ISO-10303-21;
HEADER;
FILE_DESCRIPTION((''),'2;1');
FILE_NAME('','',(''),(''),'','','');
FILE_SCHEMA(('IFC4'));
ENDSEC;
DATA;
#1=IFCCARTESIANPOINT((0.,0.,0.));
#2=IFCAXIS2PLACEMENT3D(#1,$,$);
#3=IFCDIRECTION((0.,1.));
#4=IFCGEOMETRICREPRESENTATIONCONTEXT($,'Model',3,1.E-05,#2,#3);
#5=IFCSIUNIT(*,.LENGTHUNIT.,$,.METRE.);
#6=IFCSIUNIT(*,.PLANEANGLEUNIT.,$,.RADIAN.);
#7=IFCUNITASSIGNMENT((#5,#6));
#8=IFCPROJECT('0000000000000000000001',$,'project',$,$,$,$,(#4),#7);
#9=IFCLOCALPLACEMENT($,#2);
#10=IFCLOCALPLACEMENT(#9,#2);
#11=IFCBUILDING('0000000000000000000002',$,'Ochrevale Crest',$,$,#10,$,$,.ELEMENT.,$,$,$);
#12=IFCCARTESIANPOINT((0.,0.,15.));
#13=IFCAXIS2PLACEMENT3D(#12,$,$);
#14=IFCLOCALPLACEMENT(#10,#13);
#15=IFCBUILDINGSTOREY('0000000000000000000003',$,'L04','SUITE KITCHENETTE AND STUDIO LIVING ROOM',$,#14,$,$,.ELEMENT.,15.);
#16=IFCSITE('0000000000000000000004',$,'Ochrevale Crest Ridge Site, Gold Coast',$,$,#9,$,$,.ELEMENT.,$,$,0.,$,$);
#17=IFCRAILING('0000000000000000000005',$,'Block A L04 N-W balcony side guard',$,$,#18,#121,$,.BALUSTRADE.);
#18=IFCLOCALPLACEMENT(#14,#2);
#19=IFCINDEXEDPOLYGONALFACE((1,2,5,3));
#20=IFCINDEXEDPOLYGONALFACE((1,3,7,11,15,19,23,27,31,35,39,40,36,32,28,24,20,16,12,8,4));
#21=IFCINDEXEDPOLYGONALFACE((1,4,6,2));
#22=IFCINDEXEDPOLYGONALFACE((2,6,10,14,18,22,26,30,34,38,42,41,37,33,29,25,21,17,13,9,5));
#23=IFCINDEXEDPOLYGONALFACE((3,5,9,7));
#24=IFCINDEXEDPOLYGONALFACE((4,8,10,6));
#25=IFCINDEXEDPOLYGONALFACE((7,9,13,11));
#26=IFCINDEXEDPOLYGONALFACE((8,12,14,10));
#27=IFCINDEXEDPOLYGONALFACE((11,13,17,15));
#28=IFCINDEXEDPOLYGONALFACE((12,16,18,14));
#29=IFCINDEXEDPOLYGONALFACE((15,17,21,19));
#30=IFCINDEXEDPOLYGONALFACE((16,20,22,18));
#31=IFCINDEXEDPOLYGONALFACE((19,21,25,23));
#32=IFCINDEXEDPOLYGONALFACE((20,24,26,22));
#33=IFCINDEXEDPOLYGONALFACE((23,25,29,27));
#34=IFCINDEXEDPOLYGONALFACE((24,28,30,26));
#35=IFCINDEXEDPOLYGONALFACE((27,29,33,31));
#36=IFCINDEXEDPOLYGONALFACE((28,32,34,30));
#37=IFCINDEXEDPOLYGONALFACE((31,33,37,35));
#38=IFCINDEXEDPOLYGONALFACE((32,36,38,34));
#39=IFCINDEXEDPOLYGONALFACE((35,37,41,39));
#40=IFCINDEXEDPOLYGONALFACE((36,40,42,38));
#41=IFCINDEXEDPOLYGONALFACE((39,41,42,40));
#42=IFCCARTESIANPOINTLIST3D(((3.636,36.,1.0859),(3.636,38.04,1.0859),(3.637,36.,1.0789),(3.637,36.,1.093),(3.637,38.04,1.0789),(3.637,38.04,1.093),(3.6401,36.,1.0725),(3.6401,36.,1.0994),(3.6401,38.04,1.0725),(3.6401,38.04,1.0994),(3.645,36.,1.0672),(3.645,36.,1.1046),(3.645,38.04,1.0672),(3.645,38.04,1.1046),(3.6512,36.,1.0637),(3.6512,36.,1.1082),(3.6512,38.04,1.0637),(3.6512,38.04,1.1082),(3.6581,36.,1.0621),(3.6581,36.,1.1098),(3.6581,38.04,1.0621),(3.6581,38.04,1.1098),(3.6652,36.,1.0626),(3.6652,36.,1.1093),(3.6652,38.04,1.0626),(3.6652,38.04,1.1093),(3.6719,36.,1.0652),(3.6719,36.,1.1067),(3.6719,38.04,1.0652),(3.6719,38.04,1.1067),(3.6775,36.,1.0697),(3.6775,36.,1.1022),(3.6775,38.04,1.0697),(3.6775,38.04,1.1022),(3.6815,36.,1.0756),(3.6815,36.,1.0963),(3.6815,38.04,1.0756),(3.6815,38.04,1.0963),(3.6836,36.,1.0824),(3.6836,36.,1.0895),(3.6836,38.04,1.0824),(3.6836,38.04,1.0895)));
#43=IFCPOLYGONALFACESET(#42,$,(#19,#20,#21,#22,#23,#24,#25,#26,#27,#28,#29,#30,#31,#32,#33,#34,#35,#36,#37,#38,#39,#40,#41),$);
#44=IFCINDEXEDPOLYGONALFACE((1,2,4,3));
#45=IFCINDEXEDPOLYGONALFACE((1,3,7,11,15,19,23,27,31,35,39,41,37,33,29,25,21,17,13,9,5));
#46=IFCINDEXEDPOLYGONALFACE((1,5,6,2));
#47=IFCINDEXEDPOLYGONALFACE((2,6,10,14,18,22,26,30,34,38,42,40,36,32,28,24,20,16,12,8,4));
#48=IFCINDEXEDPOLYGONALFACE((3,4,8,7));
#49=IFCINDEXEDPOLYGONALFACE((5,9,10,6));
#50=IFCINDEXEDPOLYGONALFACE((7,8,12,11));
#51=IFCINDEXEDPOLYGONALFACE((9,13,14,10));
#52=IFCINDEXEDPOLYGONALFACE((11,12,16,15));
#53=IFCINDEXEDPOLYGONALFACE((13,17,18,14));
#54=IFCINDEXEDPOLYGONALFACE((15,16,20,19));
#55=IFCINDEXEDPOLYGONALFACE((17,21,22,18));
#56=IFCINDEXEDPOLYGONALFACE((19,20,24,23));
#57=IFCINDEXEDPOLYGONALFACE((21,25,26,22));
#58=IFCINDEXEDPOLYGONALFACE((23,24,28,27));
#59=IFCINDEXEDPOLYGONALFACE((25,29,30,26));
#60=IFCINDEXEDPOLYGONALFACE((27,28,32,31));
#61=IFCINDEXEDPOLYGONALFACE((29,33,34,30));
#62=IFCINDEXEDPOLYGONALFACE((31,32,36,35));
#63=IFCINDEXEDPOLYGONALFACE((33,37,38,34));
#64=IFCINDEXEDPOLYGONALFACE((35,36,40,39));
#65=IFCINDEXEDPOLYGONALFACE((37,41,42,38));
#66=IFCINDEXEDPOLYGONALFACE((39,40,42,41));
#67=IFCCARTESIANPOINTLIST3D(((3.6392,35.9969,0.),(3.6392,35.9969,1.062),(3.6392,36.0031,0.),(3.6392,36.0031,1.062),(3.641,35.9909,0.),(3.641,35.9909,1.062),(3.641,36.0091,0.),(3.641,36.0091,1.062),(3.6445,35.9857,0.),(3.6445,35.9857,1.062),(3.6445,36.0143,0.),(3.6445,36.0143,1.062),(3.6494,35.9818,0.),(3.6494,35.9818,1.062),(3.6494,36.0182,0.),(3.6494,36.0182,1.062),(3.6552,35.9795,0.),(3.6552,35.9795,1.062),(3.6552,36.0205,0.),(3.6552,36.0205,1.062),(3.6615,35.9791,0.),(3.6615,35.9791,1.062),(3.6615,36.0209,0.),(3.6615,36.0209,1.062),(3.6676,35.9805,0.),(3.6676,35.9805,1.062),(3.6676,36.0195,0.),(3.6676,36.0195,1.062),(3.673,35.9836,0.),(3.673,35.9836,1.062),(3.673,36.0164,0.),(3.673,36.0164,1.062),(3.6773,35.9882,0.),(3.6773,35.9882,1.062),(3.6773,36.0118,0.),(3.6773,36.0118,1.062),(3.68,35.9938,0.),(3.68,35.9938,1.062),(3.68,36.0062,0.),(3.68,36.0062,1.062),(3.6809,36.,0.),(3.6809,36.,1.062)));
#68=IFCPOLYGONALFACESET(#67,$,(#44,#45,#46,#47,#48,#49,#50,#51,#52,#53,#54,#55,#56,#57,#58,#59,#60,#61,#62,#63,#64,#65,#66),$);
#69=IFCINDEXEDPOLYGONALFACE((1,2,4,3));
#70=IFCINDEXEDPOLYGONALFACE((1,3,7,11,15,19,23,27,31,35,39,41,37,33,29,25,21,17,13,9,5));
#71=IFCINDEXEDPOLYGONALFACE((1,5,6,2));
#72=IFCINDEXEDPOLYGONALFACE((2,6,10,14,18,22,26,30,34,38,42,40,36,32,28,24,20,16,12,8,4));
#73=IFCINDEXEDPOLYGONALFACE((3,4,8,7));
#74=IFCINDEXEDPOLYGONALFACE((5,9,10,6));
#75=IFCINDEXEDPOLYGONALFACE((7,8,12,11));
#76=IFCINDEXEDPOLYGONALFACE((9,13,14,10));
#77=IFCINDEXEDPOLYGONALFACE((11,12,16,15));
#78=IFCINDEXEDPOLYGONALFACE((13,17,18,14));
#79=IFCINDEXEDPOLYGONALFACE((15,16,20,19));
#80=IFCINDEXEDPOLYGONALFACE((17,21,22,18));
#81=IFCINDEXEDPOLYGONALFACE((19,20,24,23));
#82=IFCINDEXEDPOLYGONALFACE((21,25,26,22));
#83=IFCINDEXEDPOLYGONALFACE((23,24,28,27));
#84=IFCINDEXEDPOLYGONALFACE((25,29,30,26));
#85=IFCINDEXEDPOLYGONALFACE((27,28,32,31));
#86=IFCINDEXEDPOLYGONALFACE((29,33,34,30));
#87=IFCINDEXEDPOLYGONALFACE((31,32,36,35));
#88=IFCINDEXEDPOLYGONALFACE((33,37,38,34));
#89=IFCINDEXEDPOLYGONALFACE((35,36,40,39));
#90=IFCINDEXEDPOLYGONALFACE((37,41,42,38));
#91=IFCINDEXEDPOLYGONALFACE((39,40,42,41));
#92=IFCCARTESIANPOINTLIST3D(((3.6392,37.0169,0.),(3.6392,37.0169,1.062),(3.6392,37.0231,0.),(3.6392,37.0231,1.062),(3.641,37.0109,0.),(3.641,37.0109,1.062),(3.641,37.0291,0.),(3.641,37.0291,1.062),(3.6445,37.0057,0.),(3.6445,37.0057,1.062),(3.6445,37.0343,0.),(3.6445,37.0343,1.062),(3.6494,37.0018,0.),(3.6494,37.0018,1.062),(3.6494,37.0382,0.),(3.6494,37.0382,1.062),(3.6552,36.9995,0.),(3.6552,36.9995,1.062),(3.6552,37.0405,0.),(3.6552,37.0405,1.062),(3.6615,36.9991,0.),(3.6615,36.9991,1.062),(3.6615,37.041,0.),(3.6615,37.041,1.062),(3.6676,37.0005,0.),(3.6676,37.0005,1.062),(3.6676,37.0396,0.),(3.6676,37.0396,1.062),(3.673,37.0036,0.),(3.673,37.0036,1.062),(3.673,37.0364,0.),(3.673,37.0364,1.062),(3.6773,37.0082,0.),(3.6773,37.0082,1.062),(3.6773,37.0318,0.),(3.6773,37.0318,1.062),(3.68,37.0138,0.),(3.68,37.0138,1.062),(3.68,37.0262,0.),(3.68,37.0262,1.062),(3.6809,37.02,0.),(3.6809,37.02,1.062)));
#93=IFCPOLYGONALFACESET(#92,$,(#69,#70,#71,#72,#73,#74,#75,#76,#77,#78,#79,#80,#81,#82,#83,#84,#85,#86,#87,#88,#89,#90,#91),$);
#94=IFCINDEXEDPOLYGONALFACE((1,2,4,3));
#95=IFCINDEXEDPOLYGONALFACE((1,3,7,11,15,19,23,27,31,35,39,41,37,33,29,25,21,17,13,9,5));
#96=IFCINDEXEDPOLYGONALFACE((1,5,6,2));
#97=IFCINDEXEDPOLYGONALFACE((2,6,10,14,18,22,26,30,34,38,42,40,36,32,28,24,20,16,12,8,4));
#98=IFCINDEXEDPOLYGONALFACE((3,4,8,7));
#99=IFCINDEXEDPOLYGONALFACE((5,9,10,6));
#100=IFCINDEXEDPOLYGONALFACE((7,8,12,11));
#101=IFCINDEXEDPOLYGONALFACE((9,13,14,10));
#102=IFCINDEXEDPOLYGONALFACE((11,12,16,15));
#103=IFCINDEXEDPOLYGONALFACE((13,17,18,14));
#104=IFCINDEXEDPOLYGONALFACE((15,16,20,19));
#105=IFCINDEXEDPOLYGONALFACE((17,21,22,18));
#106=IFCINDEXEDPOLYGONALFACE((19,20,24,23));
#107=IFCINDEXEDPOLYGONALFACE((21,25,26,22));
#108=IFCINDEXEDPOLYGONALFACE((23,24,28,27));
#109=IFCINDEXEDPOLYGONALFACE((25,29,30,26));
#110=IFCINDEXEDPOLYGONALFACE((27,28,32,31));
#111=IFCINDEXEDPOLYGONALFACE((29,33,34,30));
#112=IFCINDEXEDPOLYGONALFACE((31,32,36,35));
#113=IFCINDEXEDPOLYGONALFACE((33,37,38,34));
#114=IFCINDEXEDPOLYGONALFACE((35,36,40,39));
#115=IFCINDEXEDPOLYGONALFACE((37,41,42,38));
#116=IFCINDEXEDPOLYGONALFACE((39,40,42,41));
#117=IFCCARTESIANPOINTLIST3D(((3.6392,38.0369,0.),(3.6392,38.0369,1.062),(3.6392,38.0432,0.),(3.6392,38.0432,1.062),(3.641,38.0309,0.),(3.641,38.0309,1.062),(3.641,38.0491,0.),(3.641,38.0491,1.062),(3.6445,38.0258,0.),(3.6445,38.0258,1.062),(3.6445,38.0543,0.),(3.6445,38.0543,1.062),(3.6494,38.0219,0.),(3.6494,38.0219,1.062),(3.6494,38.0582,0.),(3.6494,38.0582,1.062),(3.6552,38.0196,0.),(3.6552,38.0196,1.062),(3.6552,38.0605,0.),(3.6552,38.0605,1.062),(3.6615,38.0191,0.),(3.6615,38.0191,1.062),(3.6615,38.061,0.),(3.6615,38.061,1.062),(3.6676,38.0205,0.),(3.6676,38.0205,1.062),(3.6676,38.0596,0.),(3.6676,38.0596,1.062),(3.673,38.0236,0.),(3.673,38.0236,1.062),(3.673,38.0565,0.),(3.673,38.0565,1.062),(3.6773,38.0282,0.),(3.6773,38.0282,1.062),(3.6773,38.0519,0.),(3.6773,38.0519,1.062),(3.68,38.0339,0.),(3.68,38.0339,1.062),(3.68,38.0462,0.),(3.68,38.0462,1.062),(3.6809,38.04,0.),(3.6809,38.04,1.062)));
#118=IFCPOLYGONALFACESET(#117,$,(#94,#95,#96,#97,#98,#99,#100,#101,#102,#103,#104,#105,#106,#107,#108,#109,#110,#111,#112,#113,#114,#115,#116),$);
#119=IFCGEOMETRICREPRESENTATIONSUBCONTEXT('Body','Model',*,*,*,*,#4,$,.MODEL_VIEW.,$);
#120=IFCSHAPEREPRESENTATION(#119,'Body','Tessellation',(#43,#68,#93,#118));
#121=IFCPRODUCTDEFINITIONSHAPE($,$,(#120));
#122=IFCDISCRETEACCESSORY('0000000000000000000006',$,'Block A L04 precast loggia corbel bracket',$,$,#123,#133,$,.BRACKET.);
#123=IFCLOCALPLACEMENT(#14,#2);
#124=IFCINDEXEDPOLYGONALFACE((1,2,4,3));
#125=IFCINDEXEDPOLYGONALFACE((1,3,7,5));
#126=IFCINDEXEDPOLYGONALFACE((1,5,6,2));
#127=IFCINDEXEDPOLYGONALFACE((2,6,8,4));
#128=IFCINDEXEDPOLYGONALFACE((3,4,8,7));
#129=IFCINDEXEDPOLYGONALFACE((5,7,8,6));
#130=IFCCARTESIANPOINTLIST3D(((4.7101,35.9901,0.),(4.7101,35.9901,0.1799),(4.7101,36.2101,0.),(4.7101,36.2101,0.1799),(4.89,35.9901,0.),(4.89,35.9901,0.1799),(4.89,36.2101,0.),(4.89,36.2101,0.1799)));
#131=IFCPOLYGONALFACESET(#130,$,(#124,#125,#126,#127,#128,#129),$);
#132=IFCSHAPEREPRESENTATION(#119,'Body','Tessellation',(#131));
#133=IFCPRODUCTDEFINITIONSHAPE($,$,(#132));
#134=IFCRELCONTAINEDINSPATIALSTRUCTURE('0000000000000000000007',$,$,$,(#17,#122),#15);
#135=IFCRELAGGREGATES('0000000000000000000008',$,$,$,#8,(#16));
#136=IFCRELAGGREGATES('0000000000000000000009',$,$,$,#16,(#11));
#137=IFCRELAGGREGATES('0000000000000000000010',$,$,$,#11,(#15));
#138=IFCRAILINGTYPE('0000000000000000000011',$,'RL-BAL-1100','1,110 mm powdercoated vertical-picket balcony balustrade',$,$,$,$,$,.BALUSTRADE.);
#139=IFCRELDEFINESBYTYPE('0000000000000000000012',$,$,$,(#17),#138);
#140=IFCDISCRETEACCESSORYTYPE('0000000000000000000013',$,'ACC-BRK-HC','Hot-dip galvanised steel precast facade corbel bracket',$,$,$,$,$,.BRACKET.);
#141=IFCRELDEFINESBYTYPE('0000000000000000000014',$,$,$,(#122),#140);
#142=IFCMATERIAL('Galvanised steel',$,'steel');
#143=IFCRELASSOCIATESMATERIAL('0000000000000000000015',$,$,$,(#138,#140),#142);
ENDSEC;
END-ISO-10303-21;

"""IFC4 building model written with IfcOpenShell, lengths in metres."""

from ifc_helpers import new_model, si_unit, direction, frame, origin, origin_2d, place, context, subcontext, project, spatial, rectangle, circle, extrude, material, type_object, element, save


model = new_model("IFC4")

# Units and contexts
model_context = context("Model", 3, precision=1e-05, world=origin(), true_north=direction((0.0, 1.0)))
body_context = subcontext(model_context, "Body", "Model", "MODEL_VIEW")
ifc_project = project(units=[si_unit("LENGTHUNIT", "METRE"), si_unit("PLANEANGLEUNIT", "RADIAN")], contexts=[model_context])

# Site, building, storey
site_placement = place(None, origin())
site = spatial("IfcSite", under=ifc_project, at=site_placement, Name="Ochrevale Crest Ridge Site, Gold Coast", CompositionType="ELEMENT", RefElevation=0.0)
building_placement = place(site_placement, origin())
building = spatial("IfcBuilding", under=site, at=building_placement, Name="Ochrevale Crest", CompositionType="ELEMENT")
storey_placement = place(building_placement, frame((0.0, 0.0, 15.0)))
storey = spatial("IfcBuildingStorey", under=building, at=storey_placement, Name="L04", Description="SUITE KITCHENETTE AND STUDIO LIVING ROOM", CompositionType="ELEMENT", Elevation=15.0)

# Railing
ifc_material_1 = material(Name="Galvanised steel", Category="steel")
railing_type = type_object("IfcRailingType", Name="RL-BAL-1100", Description="1,110 mm powdercoated vertical-picket balcony balustrade", PredefinedType="BALUSTRADE", material=ifc_material_1)
railing_placement = place(storey_placement, frame((3.6599, 36.0, 0.0)))
element("IfcRailing", 1, at=railing_placement, inside=storey, type_object=railing_type, Name="Block A L04 N-W balcony side guard", PredefinedType="BALUSTRADE", context=body_context, shape_type="SweptSolid", body=[
    extrude(circle(Radius=0.0239, at=origin_2d()), frame((0.0, 0.0, 1.0859), z_axis=(0.0, 1.0, 0.0), x_axis=(-1.0, 0.0, 0.0)), (0.0, 0.0, 1.0), 2.04),
    extrude(circle(Radius=0.021, at=origin_2d()), origin(), (0.0, 0.0, 1.0), 1.062),
    extrude(circle(Radius=0.021, at=origin_2d()), frame((0.0, 1.02, 0.0)), (0.0, 0.0, 1.0), 1.062),
    extrude(circle(Radius=0.021, at=origin_2d()), frame((0.0, 2.04, 0.0)), (0.0, 0.0, 1.0), 1.062),
])

# Discrete accessory
discrete_accessory_type = type_object("IfcDiscreteAccessoryType", Name="ACC-BRK-HC", Description="Hot-dip galvanised steel precast facade corbel bracket", PredefinedType="BRACKET", material=ifc_material_1)
discrete_accessory_placement = place(storey_placement, frame((4.8, 36.1001, 0.0), z_axis=(0.0, 0.0, 1.0), x_axis=(1.0, 0.0, 0.0)))
element("IfcDiscreteAccessory", 2, at=discrete_accessory_placement, inside=storey, type_object=discrete_accessory_type, Name="Block A L04 precast loggia corbel bracket", PredefinedType="BRACKET", context=body_context, shape_type="SweptSolid", body=[
    extrude(rectangle(XDim=0.1799, YDim=0.22, at=origin_2d()), origin(), (0.0, 0.0, 1.0), 0.1799),
])

save(model, "model.ifc")
